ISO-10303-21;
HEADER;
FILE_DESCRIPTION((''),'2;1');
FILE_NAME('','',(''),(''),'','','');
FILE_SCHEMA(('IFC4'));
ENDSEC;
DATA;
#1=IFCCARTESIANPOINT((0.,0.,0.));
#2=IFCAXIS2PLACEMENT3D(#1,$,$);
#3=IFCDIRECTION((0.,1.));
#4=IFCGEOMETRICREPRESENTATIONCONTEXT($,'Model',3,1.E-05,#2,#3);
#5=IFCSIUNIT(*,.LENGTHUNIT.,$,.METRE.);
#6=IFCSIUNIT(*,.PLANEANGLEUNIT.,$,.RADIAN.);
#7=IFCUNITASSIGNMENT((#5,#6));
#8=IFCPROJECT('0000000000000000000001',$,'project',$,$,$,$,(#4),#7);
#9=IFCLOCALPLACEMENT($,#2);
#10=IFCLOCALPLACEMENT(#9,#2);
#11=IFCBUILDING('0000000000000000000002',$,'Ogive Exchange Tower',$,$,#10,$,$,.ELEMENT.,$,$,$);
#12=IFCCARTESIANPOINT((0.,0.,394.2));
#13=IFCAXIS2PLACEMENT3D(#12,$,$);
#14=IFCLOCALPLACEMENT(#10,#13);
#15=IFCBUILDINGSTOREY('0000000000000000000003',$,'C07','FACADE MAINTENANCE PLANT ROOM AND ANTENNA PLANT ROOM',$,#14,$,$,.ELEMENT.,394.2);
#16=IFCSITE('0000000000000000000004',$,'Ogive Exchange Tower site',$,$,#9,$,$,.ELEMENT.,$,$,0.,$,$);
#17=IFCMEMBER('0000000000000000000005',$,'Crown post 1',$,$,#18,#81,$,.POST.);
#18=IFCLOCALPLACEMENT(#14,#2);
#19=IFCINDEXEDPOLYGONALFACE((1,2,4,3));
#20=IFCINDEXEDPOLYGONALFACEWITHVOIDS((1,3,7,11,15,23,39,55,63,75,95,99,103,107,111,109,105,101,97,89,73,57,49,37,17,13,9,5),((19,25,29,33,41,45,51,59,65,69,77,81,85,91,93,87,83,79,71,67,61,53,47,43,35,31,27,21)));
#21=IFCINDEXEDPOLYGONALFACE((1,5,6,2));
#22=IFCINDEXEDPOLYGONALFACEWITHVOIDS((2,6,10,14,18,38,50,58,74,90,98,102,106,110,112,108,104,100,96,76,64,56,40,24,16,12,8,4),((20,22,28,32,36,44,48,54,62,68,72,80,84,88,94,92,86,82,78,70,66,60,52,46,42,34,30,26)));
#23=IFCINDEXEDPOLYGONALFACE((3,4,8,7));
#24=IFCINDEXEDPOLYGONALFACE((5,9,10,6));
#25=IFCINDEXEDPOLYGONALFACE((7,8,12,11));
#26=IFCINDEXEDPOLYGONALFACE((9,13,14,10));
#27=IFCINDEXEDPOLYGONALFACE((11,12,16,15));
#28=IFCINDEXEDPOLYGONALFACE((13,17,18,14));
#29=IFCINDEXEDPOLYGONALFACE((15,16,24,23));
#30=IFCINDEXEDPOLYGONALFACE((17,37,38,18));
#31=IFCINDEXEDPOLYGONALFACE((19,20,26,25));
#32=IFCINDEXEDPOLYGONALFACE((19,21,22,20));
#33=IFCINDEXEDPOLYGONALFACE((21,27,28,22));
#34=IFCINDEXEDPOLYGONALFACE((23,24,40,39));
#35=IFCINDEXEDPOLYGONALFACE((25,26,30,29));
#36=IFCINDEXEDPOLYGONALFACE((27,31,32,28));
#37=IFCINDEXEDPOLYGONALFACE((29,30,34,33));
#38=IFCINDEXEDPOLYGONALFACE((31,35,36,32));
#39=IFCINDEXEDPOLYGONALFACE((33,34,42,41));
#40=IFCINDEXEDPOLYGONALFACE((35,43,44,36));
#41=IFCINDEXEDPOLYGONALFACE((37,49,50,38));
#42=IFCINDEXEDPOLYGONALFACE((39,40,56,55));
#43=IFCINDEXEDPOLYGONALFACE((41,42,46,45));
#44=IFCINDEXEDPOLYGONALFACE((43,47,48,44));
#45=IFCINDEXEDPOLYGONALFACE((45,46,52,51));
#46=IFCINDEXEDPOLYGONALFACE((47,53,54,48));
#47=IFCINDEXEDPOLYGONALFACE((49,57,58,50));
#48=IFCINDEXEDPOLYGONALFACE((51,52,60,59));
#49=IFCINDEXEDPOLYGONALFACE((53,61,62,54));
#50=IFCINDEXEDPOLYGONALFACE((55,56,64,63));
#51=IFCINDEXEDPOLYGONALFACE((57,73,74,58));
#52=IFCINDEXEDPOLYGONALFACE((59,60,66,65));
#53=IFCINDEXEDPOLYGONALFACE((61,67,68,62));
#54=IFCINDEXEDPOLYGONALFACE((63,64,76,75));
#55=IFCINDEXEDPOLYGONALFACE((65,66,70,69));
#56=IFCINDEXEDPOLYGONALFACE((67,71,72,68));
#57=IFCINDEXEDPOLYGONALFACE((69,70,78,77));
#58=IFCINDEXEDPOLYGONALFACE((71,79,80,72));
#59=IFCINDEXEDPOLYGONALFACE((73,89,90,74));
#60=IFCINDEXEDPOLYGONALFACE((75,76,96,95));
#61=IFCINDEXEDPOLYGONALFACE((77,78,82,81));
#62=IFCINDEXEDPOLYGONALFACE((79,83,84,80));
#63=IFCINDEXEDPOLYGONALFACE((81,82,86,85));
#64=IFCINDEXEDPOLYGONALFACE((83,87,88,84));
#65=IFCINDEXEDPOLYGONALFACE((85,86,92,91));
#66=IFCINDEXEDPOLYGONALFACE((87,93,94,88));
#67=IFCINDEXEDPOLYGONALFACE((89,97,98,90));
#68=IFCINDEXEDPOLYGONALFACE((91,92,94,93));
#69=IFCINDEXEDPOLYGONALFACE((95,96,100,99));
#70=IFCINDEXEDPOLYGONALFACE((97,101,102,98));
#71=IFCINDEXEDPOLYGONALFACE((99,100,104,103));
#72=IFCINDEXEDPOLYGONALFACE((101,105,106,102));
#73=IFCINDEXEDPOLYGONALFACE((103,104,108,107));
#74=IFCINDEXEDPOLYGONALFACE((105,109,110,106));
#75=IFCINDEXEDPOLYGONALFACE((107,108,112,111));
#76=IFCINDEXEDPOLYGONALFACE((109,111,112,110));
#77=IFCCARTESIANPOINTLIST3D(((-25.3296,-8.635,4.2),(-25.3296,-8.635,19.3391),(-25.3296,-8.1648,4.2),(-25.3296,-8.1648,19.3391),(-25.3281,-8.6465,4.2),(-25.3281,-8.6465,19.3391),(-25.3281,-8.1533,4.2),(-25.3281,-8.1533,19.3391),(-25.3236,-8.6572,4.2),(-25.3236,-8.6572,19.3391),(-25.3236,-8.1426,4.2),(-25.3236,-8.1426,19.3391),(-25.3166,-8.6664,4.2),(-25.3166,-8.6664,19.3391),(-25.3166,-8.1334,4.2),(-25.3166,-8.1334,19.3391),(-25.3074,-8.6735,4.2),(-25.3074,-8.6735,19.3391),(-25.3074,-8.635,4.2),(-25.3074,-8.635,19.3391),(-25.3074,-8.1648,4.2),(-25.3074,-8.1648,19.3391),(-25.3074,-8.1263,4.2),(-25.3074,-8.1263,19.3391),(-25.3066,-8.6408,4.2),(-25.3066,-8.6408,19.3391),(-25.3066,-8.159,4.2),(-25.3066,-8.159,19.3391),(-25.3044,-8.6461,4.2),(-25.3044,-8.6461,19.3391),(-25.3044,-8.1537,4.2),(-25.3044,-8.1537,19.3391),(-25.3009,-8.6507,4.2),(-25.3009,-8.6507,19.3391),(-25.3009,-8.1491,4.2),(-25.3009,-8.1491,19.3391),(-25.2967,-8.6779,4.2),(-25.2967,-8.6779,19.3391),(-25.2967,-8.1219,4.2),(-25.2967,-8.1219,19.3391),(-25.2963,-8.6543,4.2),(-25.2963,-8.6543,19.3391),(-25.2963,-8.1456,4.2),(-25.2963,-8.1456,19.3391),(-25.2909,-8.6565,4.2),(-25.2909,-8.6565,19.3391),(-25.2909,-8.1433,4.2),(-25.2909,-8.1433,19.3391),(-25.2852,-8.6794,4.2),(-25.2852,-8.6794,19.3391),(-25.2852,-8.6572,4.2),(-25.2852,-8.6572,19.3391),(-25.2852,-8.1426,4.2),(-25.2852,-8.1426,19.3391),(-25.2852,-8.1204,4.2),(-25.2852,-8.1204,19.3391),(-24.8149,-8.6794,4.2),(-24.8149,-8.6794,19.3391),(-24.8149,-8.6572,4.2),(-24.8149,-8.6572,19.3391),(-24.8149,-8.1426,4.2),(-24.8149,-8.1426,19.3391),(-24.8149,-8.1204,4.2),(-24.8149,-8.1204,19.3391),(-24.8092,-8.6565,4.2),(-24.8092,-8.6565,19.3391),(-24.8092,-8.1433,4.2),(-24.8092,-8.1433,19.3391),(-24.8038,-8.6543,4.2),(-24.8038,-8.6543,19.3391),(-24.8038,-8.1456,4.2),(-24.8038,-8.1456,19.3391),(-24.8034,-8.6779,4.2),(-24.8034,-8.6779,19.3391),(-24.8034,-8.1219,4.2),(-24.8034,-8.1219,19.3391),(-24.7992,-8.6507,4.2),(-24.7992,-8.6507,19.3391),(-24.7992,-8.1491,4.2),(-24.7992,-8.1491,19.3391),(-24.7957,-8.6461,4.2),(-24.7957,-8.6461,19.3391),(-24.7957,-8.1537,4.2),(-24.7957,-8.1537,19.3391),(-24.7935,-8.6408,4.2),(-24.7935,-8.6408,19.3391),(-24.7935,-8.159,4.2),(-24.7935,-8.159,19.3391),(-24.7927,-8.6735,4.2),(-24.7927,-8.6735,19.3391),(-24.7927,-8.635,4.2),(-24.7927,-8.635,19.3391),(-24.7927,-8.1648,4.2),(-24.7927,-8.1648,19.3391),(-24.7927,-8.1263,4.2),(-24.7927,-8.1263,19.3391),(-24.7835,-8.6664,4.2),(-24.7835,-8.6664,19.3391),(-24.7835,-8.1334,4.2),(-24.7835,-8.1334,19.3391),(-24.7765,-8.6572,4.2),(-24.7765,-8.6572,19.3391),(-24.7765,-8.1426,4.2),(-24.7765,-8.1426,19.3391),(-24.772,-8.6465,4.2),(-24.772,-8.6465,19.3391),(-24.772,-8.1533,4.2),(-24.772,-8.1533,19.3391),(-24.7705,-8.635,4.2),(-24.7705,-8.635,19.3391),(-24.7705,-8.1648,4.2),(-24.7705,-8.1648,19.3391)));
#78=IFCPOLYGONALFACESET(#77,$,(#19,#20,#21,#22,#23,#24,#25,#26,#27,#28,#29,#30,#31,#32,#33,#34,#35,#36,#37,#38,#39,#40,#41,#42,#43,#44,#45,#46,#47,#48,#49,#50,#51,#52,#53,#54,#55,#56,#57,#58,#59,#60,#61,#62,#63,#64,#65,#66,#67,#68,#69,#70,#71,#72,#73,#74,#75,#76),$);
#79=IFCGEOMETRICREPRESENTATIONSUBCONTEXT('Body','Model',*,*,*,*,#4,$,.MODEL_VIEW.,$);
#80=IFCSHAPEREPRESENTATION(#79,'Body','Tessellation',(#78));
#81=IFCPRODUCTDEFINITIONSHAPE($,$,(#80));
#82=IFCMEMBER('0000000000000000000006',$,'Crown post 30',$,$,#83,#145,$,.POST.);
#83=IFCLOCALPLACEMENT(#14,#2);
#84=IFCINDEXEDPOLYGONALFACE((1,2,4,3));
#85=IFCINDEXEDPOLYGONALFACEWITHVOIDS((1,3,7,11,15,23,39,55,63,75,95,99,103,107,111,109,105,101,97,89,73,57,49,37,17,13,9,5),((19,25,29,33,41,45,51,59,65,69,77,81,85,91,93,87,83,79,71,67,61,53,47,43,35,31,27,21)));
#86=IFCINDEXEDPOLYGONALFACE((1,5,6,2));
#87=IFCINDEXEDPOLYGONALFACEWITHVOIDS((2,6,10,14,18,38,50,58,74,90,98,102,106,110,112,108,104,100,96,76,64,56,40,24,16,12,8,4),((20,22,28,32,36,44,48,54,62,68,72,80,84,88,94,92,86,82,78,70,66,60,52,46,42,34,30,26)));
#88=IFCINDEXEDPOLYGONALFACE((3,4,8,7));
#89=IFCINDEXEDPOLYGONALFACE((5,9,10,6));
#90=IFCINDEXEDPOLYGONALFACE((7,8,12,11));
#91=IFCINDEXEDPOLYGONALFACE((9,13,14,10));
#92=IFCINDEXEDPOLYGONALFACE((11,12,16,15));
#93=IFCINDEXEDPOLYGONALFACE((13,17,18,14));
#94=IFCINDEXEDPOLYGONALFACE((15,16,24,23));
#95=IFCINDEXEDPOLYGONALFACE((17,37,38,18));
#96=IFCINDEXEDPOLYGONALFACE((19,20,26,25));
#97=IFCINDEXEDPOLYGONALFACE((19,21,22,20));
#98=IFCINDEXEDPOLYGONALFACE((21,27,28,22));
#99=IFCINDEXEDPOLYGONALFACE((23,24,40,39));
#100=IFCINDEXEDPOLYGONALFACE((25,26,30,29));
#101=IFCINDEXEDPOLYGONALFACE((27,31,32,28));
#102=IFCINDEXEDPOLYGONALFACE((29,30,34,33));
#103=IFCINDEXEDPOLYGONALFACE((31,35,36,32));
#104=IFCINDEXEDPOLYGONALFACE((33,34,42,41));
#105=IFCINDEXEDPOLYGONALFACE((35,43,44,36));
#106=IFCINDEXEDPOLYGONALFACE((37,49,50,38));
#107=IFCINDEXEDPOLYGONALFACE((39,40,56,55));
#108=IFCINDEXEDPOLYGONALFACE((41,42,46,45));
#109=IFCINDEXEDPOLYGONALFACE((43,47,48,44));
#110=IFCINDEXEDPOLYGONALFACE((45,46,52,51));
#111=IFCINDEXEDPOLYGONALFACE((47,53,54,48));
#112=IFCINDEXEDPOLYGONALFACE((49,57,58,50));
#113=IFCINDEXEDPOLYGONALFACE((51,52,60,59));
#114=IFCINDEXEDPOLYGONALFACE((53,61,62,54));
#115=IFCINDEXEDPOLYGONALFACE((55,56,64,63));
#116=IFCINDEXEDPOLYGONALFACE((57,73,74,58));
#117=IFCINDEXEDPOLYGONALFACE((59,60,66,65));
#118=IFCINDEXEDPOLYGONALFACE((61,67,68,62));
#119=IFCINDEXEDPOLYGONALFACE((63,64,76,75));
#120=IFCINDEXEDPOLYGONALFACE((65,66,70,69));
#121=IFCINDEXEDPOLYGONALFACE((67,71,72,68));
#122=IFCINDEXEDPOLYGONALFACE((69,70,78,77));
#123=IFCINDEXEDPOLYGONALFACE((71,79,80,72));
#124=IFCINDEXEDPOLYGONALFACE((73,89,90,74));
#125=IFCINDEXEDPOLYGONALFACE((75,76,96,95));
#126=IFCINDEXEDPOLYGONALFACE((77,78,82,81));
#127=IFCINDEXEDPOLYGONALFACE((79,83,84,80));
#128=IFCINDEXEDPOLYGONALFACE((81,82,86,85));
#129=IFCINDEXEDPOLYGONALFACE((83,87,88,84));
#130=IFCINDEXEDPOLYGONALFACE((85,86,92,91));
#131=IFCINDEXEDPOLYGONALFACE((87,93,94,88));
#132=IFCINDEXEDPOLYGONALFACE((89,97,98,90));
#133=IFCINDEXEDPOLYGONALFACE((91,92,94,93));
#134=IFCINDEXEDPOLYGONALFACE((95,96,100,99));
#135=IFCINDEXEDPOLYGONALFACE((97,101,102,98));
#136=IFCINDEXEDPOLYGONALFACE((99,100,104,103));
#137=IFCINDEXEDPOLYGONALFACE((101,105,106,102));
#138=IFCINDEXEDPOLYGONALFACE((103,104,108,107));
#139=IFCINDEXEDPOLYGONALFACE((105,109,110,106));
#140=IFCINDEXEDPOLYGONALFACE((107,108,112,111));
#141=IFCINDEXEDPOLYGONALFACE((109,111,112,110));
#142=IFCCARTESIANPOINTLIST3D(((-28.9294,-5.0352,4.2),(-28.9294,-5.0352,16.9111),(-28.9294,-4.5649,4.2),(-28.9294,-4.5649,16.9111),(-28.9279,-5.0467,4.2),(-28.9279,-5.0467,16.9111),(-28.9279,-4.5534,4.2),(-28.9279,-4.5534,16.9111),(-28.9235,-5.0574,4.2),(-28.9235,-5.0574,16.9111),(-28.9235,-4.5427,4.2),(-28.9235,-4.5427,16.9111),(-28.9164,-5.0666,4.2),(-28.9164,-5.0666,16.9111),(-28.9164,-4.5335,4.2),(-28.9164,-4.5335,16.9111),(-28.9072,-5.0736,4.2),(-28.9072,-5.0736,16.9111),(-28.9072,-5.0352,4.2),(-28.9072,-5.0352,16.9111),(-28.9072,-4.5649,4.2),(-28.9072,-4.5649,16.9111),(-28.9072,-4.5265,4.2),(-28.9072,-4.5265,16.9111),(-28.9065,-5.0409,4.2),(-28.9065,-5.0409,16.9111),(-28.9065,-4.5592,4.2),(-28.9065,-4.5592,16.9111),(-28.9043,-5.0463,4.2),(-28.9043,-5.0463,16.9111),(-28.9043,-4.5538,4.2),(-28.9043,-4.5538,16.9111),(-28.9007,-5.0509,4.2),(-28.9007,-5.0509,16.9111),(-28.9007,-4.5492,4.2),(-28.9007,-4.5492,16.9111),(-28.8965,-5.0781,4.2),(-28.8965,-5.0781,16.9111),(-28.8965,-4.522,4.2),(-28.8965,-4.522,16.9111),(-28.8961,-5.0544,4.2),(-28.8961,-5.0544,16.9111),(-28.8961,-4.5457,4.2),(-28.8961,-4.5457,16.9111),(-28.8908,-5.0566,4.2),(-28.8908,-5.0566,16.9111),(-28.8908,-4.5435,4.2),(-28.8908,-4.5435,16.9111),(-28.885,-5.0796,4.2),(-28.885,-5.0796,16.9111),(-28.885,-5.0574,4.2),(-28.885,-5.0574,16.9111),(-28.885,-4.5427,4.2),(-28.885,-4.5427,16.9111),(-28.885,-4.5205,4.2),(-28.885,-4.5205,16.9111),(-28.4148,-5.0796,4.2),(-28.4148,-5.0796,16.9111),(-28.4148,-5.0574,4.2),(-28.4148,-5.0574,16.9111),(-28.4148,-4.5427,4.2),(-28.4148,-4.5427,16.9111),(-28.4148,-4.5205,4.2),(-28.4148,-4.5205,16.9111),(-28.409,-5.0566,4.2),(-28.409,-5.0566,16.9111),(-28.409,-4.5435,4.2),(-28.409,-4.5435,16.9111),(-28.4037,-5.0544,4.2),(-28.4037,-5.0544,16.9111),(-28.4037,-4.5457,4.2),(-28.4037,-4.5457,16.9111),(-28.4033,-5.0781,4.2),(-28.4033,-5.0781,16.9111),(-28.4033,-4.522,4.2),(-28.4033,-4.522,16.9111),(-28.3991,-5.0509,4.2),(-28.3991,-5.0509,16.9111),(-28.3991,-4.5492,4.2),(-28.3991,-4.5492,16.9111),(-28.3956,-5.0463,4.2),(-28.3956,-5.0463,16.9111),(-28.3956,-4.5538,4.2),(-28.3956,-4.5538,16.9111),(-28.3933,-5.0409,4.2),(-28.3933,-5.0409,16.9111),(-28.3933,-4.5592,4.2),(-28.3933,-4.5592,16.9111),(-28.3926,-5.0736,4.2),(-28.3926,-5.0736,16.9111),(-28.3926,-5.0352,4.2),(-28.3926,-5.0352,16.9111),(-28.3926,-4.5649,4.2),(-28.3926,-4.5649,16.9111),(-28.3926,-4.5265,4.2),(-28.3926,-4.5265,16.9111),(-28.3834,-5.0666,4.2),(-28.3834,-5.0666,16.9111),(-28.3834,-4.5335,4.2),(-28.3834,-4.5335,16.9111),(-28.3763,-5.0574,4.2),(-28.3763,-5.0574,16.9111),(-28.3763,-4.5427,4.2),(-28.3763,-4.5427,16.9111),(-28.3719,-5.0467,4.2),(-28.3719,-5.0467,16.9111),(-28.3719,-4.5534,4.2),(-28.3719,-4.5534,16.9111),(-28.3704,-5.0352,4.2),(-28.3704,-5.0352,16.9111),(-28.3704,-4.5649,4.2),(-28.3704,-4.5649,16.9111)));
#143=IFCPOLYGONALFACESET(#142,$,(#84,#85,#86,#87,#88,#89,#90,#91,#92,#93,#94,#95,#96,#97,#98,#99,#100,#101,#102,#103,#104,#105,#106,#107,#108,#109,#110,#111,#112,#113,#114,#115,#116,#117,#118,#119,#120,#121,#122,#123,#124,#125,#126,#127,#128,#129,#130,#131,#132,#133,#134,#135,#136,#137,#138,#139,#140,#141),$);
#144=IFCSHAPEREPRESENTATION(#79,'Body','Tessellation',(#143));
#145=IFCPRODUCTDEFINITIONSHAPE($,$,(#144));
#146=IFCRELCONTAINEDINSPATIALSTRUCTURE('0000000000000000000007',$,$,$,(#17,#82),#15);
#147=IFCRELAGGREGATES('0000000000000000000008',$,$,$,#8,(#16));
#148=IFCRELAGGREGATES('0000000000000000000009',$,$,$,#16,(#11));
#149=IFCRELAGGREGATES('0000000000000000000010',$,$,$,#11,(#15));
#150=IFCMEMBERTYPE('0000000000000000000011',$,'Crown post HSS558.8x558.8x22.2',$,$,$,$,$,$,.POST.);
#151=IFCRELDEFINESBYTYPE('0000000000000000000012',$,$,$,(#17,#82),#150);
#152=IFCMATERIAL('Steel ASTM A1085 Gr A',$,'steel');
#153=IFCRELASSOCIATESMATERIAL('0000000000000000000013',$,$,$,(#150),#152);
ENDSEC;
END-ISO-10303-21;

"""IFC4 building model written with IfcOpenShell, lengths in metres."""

from ifc_helpers import new_model, si_unit, direction, frame, origin, origin_2d, place, context, subcontext, project, spatial, hollow_rectangle, extrude, material, material_profile, profile_set, type_object, element, save


model = new_model("IFC4")

# Units and contexts
model_context = context("Model", 3, precision=1e-05, world=origin(), true_north=direction((0.0, 1.0)))
body_context = subcontext(model_context, "Body", "Model", "MODEL_VIEW")
ifc_project = project(units=[si_unit("LENGTHUNIT", "METRE"), si_unit("PLANEANGLEUNIT", "RADIAN")], contexts=[model_context])

# Site, building, storey
site_placement = place(None, origin())
site = spatial("IfcSite", under=ifc_project, at=site_placement, Name="Ogive Exchange Tower site", CompositionType="ELEMENT", RefElevation=0.0)
building_placement = place(site_placement, origin())
building = spatial("IfcBuilding", under=site, at=building_placement, Name="Ogive Exchange Tower", CompositionType="ELEMENT")
storey_placement = place(building_placement, frame((0.0, 0.0, 394.2)))
storey = spatial("IfcBuildingStorey", under=building, at=storey_placement, Name="C07", Description="FACADE MAINTENANCE PLANT ROOM AND ANTENNA PLANT ROOM", CompositionType="ELEMENT", Elevation=394.2)

# Members
ifc_material_1 = material(Name="Steel ASTM A1085 Gr A", Category="steel")
ifc_material_profile_1 = material_profile(ifc_material_1, hollow_rectangle(XDim=0.5591, YDim=0.5591, WallThickness=0.0222, InnerFilletRadius=0.0222, OuterFilletRadius=0.0444, at=origin_2d()), Name="HSS558.8x558.8x22.2")
ifc_profile_set_1 = profile_set([ifc_material_profile_1], Name="Steel ASTM A1085 Gr A")
member_type_1 = type_object("IfcMemberType", Name="Crown post HSS558.8x558.8x22.2", PredefinedType="POST", material=ifc_profile_set_1)
member_1_placement = place(storey_placement, frame((-25.05, -8.3999, 4.2), z_axis=(0.0, 0.0, 1.0), x_axis=(1.0, 0.0, 0.0)))
element("IfcMember", 1, at=member_1_placement, inside=storey, type_object=member_type_1, Name="Crown post 1", PredefinedType="POST", context=body_context, shape_type="SweptSolid", body=[
    extrude(hollow_rectangle(XDim=0.5591, YDim=0.5591, WallThickness=0.0222, InnerFilletRadius=0.0222, OuterFilletRadius=0.0444, at=origin_2d()), origin(), (0.0, 0.0, 1.0), 15.1392),
])
member_2_placement = place(storey_placement, frame((-28.6499, -4.8, 4.2), z_axis=(0.0, 0.0, 1.0), x_axis=(1.0, 0.0, 0.0)))
element("IfcMember", 2, at=member_2_placement, inside=storey, type_object=member_type_1, Name="Crown post 30", PredefinedType="POST", context=body_context, shape_type="SweptSolid", body=[
    extrude(hollow_rectangle(XDim=0.5591, YDim=0.5591, WallThickness=0.0222, InnerFilletRadius=0.0222, OuterFilletRadius=0.0444, at=origin_2d()), origin(), (0.0, 0.0, 1.0), 12.7112),
])

save(model, "model.ifc")
